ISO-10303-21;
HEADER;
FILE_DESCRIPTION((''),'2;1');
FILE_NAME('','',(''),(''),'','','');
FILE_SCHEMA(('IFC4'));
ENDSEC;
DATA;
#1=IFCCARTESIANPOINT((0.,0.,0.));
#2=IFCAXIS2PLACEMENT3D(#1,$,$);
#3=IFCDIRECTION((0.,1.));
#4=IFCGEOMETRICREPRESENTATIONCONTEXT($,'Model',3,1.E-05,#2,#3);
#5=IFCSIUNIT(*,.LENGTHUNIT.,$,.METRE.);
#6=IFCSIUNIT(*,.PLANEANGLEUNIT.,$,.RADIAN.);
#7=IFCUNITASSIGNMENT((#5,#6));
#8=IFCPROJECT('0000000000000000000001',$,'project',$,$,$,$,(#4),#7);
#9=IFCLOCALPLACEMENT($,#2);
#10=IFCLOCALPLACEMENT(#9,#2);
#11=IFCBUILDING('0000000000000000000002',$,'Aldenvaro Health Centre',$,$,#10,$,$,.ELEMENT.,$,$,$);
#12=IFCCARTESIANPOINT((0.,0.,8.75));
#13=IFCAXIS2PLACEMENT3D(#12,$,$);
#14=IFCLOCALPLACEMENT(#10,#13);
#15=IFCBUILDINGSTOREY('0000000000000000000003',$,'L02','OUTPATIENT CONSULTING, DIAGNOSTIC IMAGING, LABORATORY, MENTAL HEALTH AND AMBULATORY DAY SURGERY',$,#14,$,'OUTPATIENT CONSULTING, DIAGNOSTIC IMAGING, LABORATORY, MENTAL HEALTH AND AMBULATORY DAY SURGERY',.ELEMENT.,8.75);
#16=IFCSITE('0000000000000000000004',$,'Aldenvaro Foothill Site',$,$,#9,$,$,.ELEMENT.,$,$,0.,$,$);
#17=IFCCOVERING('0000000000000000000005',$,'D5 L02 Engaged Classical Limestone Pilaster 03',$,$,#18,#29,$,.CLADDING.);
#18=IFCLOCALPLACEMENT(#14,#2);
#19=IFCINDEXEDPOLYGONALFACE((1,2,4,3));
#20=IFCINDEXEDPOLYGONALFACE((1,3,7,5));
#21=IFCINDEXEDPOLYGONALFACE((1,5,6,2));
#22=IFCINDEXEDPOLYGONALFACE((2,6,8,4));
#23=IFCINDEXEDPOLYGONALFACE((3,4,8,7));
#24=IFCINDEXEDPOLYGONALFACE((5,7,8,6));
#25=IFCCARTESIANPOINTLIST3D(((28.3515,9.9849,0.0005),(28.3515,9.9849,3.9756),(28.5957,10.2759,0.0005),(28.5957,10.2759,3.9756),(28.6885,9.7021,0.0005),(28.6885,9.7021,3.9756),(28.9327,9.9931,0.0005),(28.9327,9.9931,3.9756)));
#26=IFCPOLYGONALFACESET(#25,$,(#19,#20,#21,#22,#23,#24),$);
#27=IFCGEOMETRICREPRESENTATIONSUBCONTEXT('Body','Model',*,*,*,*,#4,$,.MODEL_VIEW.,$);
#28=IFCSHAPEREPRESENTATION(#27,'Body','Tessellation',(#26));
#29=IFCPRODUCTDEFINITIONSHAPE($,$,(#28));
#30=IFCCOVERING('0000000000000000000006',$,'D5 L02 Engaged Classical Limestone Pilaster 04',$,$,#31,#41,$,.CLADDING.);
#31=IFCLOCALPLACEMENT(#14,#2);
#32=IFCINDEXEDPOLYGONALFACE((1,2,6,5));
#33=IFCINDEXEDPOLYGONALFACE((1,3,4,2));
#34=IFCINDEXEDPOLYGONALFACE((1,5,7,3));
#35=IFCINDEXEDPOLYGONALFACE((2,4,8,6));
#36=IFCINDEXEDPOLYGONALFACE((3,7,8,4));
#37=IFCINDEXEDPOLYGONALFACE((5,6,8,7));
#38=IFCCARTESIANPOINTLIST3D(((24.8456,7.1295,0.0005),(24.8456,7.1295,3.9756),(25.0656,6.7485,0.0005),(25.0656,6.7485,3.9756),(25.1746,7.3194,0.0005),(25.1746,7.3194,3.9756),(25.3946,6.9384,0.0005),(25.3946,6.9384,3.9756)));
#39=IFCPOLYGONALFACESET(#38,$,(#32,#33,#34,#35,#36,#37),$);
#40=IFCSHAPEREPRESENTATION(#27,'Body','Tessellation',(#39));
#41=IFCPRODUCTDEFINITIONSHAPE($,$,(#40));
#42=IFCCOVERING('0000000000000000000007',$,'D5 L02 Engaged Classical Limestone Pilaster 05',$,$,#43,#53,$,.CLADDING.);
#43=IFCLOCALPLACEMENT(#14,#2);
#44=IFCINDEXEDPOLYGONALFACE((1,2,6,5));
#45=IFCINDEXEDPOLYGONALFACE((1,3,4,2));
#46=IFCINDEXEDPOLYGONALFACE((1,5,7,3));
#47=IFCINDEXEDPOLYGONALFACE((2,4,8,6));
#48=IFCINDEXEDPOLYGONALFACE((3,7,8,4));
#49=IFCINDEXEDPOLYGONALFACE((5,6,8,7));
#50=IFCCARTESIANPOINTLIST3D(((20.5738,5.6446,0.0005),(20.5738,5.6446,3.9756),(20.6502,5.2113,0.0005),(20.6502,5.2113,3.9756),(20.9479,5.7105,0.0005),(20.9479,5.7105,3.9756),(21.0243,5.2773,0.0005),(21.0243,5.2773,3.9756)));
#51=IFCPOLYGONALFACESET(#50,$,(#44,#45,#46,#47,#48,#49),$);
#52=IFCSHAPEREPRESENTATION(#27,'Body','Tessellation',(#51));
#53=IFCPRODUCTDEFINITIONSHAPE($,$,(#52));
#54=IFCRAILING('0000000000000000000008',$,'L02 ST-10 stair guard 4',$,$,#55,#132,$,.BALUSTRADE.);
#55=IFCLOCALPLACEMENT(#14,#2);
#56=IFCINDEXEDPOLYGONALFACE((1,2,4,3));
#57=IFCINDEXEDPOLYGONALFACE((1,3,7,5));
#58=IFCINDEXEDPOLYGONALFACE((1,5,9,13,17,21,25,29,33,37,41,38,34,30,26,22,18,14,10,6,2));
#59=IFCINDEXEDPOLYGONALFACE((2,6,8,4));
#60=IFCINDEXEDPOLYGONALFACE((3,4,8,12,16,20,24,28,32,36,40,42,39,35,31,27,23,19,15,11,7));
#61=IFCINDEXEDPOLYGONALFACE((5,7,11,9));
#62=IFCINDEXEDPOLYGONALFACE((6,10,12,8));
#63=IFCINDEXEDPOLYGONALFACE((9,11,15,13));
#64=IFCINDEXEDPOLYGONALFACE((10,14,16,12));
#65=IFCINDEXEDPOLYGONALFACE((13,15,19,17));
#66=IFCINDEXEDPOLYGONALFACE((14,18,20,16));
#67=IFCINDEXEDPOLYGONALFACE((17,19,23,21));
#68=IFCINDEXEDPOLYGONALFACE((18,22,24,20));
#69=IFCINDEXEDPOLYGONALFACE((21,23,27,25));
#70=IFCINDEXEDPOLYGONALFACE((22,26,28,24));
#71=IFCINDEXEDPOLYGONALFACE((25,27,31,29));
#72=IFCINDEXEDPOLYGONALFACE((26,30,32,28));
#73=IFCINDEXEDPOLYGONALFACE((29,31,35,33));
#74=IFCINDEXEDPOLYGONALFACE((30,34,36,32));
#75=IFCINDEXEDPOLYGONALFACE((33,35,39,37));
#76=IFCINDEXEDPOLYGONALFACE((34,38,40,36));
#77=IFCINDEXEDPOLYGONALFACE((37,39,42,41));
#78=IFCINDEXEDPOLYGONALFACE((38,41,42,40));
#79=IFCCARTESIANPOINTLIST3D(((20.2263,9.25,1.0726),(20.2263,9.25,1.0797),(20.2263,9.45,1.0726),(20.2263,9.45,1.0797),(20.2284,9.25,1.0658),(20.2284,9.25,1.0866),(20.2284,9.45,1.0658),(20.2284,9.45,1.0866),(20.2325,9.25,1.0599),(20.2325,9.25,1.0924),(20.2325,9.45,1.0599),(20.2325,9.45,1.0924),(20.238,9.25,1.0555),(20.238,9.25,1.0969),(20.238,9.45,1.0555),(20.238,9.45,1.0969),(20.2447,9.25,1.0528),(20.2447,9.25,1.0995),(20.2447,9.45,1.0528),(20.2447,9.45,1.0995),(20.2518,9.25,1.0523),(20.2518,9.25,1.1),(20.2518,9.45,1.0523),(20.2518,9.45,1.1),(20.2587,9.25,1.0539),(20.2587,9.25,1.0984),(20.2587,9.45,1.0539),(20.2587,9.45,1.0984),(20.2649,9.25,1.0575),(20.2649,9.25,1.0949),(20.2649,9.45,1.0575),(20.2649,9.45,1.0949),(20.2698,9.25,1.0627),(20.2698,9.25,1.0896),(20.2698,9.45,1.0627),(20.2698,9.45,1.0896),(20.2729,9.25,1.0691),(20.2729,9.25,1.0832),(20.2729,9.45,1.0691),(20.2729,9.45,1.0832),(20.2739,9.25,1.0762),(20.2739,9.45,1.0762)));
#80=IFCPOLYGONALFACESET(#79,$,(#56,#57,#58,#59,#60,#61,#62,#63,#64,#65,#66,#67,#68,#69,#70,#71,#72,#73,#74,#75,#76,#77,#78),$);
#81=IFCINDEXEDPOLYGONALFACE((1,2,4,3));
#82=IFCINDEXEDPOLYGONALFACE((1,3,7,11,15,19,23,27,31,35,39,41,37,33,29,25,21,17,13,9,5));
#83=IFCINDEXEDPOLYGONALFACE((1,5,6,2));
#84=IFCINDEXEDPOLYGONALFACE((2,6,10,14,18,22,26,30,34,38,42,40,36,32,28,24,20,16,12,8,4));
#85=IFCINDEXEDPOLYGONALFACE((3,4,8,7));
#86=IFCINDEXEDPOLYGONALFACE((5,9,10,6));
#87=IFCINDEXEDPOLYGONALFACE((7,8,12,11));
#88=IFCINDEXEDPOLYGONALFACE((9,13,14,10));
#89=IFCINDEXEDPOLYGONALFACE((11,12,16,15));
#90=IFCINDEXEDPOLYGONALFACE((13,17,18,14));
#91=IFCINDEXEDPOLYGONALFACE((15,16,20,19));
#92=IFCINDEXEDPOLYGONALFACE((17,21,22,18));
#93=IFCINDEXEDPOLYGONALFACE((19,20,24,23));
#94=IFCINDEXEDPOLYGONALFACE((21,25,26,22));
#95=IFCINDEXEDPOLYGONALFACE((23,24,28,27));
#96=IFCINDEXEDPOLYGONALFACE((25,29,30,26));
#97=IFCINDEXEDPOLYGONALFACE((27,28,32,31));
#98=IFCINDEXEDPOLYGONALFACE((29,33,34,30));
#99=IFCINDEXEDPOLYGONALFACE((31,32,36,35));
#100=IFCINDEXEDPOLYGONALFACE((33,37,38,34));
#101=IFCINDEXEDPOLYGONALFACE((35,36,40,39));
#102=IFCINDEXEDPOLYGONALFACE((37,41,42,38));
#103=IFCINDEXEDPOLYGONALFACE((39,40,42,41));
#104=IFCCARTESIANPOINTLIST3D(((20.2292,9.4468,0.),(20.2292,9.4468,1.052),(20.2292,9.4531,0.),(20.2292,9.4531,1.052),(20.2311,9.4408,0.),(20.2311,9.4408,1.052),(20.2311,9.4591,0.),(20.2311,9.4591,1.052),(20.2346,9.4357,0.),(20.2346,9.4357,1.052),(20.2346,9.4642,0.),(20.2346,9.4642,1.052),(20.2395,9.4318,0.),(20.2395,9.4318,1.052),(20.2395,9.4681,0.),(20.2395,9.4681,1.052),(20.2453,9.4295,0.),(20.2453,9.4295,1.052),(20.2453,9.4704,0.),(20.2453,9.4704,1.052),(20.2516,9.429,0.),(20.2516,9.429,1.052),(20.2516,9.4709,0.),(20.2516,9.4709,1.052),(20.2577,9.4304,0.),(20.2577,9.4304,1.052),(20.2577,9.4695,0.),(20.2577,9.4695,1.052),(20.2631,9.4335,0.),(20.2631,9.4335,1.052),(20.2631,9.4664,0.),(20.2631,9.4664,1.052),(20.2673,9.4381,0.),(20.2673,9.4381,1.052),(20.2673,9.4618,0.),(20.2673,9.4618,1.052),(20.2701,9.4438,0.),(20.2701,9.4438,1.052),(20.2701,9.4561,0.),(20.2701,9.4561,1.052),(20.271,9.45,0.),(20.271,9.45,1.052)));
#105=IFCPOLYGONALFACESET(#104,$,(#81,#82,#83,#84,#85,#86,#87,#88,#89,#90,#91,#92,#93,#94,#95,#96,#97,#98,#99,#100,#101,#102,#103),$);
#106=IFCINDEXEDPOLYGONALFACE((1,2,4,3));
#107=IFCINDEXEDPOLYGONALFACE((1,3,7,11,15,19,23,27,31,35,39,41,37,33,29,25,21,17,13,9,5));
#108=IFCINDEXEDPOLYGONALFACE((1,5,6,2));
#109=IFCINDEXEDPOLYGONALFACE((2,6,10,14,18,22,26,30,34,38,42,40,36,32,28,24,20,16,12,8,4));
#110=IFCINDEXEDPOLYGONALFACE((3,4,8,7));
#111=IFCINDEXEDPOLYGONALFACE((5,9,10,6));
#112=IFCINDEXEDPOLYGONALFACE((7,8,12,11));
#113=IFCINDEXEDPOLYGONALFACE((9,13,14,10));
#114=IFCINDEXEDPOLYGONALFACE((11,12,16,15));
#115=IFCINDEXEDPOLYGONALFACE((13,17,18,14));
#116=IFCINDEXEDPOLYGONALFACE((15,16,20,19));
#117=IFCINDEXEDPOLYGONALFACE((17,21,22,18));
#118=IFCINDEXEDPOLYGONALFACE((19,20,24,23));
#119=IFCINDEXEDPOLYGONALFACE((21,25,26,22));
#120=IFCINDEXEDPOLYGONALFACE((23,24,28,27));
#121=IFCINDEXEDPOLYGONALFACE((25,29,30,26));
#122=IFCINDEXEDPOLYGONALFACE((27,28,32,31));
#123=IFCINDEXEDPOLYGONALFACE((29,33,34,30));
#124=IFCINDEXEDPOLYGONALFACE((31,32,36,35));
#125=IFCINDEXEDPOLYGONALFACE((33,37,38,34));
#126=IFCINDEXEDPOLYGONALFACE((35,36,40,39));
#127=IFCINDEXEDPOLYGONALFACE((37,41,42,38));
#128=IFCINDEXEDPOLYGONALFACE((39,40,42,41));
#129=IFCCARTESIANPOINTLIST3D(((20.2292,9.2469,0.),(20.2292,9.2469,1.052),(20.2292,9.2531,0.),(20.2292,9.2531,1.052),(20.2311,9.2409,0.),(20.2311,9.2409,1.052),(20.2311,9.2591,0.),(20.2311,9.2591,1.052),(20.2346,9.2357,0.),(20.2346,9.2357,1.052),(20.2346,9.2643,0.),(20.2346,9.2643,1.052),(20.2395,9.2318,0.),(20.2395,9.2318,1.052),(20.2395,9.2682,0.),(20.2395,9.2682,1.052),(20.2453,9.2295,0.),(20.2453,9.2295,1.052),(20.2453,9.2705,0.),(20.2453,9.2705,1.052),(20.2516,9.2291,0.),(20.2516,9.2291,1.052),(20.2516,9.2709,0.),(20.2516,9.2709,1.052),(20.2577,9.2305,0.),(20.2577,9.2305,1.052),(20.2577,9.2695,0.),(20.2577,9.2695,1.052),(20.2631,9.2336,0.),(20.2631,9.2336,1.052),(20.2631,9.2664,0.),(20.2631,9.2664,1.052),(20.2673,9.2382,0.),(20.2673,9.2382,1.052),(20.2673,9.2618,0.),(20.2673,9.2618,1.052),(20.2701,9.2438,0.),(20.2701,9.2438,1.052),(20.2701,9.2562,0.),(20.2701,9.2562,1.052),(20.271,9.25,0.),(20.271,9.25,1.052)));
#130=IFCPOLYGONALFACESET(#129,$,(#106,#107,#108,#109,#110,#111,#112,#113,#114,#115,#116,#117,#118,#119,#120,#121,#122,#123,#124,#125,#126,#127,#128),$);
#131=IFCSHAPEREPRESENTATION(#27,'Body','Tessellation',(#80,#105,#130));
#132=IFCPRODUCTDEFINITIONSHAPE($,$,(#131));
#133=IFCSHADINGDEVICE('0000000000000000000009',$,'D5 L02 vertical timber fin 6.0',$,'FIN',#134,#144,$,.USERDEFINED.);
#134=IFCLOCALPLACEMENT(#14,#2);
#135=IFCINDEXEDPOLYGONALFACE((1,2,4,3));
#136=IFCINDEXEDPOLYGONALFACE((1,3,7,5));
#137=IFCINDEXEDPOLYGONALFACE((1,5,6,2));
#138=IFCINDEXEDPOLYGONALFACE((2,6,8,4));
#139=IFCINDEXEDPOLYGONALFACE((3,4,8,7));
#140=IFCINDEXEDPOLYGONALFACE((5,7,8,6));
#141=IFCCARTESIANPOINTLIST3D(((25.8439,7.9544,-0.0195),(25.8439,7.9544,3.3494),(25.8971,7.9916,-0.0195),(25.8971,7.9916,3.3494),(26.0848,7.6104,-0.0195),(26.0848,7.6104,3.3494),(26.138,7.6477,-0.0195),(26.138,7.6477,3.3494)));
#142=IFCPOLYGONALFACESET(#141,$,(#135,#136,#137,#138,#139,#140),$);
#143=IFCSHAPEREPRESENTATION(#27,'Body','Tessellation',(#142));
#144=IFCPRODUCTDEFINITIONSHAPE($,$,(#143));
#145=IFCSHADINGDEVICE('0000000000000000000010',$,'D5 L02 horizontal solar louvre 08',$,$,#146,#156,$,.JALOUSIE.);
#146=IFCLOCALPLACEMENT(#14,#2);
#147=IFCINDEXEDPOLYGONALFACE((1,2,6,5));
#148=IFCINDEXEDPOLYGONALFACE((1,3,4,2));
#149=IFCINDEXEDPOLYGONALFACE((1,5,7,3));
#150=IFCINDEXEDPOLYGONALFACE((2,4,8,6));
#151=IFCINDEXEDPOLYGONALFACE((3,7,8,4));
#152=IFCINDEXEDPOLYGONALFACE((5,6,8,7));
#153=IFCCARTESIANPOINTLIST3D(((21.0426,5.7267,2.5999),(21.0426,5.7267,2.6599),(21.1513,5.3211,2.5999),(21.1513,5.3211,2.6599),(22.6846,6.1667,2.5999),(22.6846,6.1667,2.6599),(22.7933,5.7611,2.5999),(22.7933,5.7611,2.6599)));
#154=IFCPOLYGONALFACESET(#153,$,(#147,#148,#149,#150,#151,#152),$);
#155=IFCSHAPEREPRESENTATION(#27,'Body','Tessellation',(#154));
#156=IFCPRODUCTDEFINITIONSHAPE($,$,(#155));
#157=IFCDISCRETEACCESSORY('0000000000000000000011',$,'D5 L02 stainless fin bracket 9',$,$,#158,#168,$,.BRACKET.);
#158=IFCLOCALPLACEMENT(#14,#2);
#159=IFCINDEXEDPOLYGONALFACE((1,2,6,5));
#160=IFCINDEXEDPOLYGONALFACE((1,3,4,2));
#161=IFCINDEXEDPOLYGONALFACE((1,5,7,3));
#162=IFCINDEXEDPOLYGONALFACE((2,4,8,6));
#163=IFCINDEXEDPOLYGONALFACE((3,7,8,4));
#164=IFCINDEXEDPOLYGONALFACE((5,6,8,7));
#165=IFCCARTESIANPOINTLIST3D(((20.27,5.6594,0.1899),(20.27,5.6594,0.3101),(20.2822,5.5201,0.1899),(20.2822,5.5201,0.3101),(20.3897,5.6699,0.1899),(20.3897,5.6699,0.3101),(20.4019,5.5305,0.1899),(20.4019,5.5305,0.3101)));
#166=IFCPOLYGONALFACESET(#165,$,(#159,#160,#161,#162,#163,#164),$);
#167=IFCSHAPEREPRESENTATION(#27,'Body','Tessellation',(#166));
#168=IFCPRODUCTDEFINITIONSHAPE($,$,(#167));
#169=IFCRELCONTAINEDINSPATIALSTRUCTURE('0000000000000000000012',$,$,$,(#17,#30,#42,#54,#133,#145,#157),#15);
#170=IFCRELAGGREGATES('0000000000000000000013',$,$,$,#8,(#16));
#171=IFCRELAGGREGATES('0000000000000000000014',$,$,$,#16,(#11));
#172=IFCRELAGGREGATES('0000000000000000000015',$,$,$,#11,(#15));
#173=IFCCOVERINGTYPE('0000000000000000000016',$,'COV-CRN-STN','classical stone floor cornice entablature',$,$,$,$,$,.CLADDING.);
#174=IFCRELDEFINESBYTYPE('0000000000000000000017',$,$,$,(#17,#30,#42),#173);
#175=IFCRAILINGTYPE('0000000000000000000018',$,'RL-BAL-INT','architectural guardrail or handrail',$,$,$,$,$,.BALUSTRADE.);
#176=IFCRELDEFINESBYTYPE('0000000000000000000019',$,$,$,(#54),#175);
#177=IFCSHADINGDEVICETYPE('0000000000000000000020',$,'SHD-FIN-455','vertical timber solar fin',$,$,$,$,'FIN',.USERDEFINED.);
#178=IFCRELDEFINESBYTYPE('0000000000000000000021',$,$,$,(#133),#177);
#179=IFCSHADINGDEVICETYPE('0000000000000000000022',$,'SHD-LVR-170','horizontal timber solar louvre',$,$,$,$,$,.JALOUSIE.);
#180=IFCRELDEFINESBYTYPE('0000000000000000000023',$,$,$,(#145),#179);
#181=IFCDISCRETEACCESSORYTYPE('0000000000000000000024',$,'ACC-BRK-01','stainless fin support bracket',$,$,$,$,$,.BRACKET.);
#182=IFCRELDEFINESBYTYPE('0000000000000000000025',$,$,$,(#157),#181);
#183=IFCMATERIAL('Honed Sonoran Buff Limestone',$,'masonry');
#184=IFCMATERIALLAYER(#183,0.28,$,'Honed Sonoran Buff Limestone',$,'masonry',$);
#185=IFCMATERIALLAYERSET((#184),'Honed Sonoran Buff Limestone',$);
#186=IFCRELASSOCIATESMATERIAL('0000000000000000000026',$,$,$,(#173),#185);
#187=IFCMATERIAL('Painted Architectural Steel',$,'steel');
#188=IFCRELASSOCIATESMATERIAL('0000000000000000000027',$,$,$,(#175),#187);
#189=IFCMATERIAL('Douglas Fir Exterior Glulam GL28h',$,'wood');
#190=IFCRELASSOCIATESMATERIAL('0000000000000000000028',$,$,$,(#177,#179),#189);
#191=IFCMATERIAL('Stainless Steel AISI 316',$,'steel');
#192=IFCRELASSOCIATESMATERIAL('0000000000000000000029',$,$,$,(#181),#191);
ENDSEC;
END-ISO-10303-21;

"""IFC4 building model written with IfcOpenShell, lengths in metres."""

from ifc_helpers import new_model, si_unit, direction, frame, origin, origin_2d, place, context, subcontext, project, spatial, rectangle, circle, extrude, material, layer, layer_set, type_object, element, save


model = new_model("IFC4")

# Units and contexts
model_context = context("Model", 3, precision=1e-05, world=origin(), true_north=direction((0.0, 1.0)))
body_context = subcontext(model_context, "Body", "Model", "MODEL_VIEW")
ifc_project = project(units=[si_unit("LENGTHUNIT", "METRE"), si_unit("PLANEANGLEUNIT", "RADIAN")], contexts=[model_context])

# Site, building, storey
site_placement = place(None, origin())
site = spatial("IfcSite", under=ifc_project, at=site_placement, Name="Aldenvaro Foothill Site", CompositionType="ELEMENT", RefElevation=0.0)
building_placement = place(site_placement, origin())
building = spatial("IfcBuilding", under=site, at=building_placement, Name="Aldenvaro Health Centre", CompositionType="ELEMENT")
storey_placement = place(building_placement, frame((0.0, 0.0, 8.75)))
storey = spatial("IfcBuildingStorey", under=building, at=storey_placement, Name="L02", Description="OUTPATIENT CONSULTING, DIAGNOSTIC IMAGING, LABORATORY, MENTAL HEALTH AND AMBULATORY DAY SURGERY", LongName="OUTPATIENT CONSULTING, DIAGNOSTIC IMAGING, LABORATORY, MENTAL HEALTH AND AMBULATORY DAY SURGERY", CompositionType="ELEMENT", Elevation=8.75)

# Coverings
ifc_material_1 = material(Name="Honed Sonoran Buff Limestone", Category="masonry")
ifc_layer_1 = layer(ifc_material_1, 0.28, Name="Honed Sonoran Buff Limestone", Category="masonry")
ifc_layer_set_1 = layer_set([ifc_layer_1], Name="Honed Sonoran Buff Limestone")
covering_type = type_object("IfcCoveringType", Name="COV-CRN-STN", Description="classical stone floor cornice entablature", PredefinedType="CLADDING", material=ifc_layer_set_1)
for number, where, z_axis, x_axis, name in (
    (1, (28.6421, 9.989, 0.0005), (0.0, 0.0, 1.0), (0.766044, -0.642788, 0.0), "D5 L02 Engaged Classical Limestone Pilaster 03"),
    (2, (25.1201, 7.0339, 0.0005), (0.0, 0.0, 1.0), (0.499991, -0.866031, 0.0), "D5 L02 Engaged Classical Limestone Pilaster 04"),
    (3, (20.7991, 5.4609, 0.0005), (0.0, 0.0, 1.0), (0.173644, -0.984809, 0.0), "D5 L02 Engaged Classical Limestone Pilaster 05"),
):
    element("IfcCovering", number, at=place(storey_placement, frame(where, z_axis=z_axis, x_axis=x_axis)), inside=storey, type_object=covering_type, Name=name, PredefinedType="CLADDING", context=body_context, shape_type="SweptSolid", body=[
        extrude(rectangle(XDim=0.4399, YDim=0.3799, at=origin_2d()), origin(), (0.0, 0.0, 1.0), 3.9751),
    ])

# Railing
ifc_material_2 = material(Name="Painted Architectural Steel", Category="steel")
railing_type = type_object("IfcRailingType", Name="RL-BAL-INT", Description="architectural guardrail or handrail", PredefinedType="BALUSTRADE", material=ifc_material_2)
railing_placement = place(storey_placement, frame((20.25, 9.45, 0.0)))
element("IfcRailing", 4, at=railing_placement, inside=storey, type_object=railing_type, Name="L02 ST-10 stair guard 4", PredefinedType="BALUSTRADE", context=body_context, shape_type="SweptSolid", body=[
    extrude(circle(Radius=0.0239, at=origin_2d()), frame((0.0, 0.0, 1.0762), z_axis=(0.0, -1.0, 0.0), x_axis=(1.0, 0.0, 0.0)), (0.0, 0.0, 1.0), 0.2),
    extrude(circle(Radius=0.021, at=origin_2d()), origin(), (0.0, 0.0, 1.0), 1.052),
    extrude(circle(Radius=0.021, at=origin_2d()), frame((0.0, -0.2, 0.0)), (0.0, 0.0, 1.0), 1.052),
])

# Shading devices
ifc_material_3 = material(Name="Douglas Fir Exterior Glulam GL28h", Category="wood")
shading_device_type_1 = type_object("IfcShadingDeviceType", Name="SHD-FIN-455", Description="vertical timber solar fin", ElementType="FIN", PredefinedType="USERDEFINED", material=ifc_material_3)
shading_device_1_placement = place(storey_placement, frame((25.991, 7.801, -0.0195), z_axis=(0.0, 0.0, 1.0), x_axis=(-0.819107, -0.573641, 0.0)))
element("IfcShadingDevice", 5, at=shading_device_1_placement, inside=storey, type_object=shading_device_type_1, Name="D5 L02 vertical timber fin 6.0", ObjectType="FIN", PredefinedType="USERDEFINED", context=body_context, shape_type="SweptSolid", body=[
    extrude(rectangle(XDim=0.0649, YDim=0.4199, at=origin_2d()), origin(), (0.0, 0.0, 1.0), 3.3689),
])
shading_device_type_2 = type_object("IfcShadingDeviceType", Name="SHD-LVR-170", Description="horizontal timber solar louvre", PredefinedType="JALOUSIE", material=ifc_material_3)
shading_device_2_placement = place(storey_placement, frame((21.918, 5.7439, 2.5999), z_axis=(0.0, 0.0, 1.0), x_axis=(-0.965924, -0.258825, 0.0)))
element("IfcShadingDevice", 6, at=shading_device_2_placement, inside=storey, type_object=shading_device_type_2, Name="D5 L02 horizontal solar louvre 08", PredefinedType="JALOUSIE", context=body_context, shape_type="SweptSolid", body=[
    extrude(rectangle(XDim=1.7, YDim=0.4199, at=origin_2d()), origin(), (0.0, 0.0, 1.0), 0.0601),
])

# Discrete accessory
ifc_material_4 = material(Name="Stainless Steel AISI 316", Category="steel")
discrete_accessory_type = type_object("IfcDiscreteAccessoryType", Name="ACC-BRK-01", Description="stainless fin support bracket", PredefinedType="BRACKET", material=ifc_material_4)
discrete_accessory_placement = place(storey_placement, frame((20.3359, 5.595, 0.1899), z_axis=(0.0, 0.0, 1.0), x_axis=(-0.996194, -0.087167, 0.0)))
element("IfcDiscreteAccessory", 7, at=discrete_accessory_placement, inside=storey, type_object=discrete_accessory_type, Name="D5 L02 stainless fin bracket 9", PredefinedType="BRACKET", context=body_context, shape_type="SweptSolid", body=[
    extrude(rectangle(XDim=0.1201, YDim=0.1399, at=origin_2d()), origin(), (0.0, 0.0, 1.0), 0.1201),
])

save(model, "model.ifc")
